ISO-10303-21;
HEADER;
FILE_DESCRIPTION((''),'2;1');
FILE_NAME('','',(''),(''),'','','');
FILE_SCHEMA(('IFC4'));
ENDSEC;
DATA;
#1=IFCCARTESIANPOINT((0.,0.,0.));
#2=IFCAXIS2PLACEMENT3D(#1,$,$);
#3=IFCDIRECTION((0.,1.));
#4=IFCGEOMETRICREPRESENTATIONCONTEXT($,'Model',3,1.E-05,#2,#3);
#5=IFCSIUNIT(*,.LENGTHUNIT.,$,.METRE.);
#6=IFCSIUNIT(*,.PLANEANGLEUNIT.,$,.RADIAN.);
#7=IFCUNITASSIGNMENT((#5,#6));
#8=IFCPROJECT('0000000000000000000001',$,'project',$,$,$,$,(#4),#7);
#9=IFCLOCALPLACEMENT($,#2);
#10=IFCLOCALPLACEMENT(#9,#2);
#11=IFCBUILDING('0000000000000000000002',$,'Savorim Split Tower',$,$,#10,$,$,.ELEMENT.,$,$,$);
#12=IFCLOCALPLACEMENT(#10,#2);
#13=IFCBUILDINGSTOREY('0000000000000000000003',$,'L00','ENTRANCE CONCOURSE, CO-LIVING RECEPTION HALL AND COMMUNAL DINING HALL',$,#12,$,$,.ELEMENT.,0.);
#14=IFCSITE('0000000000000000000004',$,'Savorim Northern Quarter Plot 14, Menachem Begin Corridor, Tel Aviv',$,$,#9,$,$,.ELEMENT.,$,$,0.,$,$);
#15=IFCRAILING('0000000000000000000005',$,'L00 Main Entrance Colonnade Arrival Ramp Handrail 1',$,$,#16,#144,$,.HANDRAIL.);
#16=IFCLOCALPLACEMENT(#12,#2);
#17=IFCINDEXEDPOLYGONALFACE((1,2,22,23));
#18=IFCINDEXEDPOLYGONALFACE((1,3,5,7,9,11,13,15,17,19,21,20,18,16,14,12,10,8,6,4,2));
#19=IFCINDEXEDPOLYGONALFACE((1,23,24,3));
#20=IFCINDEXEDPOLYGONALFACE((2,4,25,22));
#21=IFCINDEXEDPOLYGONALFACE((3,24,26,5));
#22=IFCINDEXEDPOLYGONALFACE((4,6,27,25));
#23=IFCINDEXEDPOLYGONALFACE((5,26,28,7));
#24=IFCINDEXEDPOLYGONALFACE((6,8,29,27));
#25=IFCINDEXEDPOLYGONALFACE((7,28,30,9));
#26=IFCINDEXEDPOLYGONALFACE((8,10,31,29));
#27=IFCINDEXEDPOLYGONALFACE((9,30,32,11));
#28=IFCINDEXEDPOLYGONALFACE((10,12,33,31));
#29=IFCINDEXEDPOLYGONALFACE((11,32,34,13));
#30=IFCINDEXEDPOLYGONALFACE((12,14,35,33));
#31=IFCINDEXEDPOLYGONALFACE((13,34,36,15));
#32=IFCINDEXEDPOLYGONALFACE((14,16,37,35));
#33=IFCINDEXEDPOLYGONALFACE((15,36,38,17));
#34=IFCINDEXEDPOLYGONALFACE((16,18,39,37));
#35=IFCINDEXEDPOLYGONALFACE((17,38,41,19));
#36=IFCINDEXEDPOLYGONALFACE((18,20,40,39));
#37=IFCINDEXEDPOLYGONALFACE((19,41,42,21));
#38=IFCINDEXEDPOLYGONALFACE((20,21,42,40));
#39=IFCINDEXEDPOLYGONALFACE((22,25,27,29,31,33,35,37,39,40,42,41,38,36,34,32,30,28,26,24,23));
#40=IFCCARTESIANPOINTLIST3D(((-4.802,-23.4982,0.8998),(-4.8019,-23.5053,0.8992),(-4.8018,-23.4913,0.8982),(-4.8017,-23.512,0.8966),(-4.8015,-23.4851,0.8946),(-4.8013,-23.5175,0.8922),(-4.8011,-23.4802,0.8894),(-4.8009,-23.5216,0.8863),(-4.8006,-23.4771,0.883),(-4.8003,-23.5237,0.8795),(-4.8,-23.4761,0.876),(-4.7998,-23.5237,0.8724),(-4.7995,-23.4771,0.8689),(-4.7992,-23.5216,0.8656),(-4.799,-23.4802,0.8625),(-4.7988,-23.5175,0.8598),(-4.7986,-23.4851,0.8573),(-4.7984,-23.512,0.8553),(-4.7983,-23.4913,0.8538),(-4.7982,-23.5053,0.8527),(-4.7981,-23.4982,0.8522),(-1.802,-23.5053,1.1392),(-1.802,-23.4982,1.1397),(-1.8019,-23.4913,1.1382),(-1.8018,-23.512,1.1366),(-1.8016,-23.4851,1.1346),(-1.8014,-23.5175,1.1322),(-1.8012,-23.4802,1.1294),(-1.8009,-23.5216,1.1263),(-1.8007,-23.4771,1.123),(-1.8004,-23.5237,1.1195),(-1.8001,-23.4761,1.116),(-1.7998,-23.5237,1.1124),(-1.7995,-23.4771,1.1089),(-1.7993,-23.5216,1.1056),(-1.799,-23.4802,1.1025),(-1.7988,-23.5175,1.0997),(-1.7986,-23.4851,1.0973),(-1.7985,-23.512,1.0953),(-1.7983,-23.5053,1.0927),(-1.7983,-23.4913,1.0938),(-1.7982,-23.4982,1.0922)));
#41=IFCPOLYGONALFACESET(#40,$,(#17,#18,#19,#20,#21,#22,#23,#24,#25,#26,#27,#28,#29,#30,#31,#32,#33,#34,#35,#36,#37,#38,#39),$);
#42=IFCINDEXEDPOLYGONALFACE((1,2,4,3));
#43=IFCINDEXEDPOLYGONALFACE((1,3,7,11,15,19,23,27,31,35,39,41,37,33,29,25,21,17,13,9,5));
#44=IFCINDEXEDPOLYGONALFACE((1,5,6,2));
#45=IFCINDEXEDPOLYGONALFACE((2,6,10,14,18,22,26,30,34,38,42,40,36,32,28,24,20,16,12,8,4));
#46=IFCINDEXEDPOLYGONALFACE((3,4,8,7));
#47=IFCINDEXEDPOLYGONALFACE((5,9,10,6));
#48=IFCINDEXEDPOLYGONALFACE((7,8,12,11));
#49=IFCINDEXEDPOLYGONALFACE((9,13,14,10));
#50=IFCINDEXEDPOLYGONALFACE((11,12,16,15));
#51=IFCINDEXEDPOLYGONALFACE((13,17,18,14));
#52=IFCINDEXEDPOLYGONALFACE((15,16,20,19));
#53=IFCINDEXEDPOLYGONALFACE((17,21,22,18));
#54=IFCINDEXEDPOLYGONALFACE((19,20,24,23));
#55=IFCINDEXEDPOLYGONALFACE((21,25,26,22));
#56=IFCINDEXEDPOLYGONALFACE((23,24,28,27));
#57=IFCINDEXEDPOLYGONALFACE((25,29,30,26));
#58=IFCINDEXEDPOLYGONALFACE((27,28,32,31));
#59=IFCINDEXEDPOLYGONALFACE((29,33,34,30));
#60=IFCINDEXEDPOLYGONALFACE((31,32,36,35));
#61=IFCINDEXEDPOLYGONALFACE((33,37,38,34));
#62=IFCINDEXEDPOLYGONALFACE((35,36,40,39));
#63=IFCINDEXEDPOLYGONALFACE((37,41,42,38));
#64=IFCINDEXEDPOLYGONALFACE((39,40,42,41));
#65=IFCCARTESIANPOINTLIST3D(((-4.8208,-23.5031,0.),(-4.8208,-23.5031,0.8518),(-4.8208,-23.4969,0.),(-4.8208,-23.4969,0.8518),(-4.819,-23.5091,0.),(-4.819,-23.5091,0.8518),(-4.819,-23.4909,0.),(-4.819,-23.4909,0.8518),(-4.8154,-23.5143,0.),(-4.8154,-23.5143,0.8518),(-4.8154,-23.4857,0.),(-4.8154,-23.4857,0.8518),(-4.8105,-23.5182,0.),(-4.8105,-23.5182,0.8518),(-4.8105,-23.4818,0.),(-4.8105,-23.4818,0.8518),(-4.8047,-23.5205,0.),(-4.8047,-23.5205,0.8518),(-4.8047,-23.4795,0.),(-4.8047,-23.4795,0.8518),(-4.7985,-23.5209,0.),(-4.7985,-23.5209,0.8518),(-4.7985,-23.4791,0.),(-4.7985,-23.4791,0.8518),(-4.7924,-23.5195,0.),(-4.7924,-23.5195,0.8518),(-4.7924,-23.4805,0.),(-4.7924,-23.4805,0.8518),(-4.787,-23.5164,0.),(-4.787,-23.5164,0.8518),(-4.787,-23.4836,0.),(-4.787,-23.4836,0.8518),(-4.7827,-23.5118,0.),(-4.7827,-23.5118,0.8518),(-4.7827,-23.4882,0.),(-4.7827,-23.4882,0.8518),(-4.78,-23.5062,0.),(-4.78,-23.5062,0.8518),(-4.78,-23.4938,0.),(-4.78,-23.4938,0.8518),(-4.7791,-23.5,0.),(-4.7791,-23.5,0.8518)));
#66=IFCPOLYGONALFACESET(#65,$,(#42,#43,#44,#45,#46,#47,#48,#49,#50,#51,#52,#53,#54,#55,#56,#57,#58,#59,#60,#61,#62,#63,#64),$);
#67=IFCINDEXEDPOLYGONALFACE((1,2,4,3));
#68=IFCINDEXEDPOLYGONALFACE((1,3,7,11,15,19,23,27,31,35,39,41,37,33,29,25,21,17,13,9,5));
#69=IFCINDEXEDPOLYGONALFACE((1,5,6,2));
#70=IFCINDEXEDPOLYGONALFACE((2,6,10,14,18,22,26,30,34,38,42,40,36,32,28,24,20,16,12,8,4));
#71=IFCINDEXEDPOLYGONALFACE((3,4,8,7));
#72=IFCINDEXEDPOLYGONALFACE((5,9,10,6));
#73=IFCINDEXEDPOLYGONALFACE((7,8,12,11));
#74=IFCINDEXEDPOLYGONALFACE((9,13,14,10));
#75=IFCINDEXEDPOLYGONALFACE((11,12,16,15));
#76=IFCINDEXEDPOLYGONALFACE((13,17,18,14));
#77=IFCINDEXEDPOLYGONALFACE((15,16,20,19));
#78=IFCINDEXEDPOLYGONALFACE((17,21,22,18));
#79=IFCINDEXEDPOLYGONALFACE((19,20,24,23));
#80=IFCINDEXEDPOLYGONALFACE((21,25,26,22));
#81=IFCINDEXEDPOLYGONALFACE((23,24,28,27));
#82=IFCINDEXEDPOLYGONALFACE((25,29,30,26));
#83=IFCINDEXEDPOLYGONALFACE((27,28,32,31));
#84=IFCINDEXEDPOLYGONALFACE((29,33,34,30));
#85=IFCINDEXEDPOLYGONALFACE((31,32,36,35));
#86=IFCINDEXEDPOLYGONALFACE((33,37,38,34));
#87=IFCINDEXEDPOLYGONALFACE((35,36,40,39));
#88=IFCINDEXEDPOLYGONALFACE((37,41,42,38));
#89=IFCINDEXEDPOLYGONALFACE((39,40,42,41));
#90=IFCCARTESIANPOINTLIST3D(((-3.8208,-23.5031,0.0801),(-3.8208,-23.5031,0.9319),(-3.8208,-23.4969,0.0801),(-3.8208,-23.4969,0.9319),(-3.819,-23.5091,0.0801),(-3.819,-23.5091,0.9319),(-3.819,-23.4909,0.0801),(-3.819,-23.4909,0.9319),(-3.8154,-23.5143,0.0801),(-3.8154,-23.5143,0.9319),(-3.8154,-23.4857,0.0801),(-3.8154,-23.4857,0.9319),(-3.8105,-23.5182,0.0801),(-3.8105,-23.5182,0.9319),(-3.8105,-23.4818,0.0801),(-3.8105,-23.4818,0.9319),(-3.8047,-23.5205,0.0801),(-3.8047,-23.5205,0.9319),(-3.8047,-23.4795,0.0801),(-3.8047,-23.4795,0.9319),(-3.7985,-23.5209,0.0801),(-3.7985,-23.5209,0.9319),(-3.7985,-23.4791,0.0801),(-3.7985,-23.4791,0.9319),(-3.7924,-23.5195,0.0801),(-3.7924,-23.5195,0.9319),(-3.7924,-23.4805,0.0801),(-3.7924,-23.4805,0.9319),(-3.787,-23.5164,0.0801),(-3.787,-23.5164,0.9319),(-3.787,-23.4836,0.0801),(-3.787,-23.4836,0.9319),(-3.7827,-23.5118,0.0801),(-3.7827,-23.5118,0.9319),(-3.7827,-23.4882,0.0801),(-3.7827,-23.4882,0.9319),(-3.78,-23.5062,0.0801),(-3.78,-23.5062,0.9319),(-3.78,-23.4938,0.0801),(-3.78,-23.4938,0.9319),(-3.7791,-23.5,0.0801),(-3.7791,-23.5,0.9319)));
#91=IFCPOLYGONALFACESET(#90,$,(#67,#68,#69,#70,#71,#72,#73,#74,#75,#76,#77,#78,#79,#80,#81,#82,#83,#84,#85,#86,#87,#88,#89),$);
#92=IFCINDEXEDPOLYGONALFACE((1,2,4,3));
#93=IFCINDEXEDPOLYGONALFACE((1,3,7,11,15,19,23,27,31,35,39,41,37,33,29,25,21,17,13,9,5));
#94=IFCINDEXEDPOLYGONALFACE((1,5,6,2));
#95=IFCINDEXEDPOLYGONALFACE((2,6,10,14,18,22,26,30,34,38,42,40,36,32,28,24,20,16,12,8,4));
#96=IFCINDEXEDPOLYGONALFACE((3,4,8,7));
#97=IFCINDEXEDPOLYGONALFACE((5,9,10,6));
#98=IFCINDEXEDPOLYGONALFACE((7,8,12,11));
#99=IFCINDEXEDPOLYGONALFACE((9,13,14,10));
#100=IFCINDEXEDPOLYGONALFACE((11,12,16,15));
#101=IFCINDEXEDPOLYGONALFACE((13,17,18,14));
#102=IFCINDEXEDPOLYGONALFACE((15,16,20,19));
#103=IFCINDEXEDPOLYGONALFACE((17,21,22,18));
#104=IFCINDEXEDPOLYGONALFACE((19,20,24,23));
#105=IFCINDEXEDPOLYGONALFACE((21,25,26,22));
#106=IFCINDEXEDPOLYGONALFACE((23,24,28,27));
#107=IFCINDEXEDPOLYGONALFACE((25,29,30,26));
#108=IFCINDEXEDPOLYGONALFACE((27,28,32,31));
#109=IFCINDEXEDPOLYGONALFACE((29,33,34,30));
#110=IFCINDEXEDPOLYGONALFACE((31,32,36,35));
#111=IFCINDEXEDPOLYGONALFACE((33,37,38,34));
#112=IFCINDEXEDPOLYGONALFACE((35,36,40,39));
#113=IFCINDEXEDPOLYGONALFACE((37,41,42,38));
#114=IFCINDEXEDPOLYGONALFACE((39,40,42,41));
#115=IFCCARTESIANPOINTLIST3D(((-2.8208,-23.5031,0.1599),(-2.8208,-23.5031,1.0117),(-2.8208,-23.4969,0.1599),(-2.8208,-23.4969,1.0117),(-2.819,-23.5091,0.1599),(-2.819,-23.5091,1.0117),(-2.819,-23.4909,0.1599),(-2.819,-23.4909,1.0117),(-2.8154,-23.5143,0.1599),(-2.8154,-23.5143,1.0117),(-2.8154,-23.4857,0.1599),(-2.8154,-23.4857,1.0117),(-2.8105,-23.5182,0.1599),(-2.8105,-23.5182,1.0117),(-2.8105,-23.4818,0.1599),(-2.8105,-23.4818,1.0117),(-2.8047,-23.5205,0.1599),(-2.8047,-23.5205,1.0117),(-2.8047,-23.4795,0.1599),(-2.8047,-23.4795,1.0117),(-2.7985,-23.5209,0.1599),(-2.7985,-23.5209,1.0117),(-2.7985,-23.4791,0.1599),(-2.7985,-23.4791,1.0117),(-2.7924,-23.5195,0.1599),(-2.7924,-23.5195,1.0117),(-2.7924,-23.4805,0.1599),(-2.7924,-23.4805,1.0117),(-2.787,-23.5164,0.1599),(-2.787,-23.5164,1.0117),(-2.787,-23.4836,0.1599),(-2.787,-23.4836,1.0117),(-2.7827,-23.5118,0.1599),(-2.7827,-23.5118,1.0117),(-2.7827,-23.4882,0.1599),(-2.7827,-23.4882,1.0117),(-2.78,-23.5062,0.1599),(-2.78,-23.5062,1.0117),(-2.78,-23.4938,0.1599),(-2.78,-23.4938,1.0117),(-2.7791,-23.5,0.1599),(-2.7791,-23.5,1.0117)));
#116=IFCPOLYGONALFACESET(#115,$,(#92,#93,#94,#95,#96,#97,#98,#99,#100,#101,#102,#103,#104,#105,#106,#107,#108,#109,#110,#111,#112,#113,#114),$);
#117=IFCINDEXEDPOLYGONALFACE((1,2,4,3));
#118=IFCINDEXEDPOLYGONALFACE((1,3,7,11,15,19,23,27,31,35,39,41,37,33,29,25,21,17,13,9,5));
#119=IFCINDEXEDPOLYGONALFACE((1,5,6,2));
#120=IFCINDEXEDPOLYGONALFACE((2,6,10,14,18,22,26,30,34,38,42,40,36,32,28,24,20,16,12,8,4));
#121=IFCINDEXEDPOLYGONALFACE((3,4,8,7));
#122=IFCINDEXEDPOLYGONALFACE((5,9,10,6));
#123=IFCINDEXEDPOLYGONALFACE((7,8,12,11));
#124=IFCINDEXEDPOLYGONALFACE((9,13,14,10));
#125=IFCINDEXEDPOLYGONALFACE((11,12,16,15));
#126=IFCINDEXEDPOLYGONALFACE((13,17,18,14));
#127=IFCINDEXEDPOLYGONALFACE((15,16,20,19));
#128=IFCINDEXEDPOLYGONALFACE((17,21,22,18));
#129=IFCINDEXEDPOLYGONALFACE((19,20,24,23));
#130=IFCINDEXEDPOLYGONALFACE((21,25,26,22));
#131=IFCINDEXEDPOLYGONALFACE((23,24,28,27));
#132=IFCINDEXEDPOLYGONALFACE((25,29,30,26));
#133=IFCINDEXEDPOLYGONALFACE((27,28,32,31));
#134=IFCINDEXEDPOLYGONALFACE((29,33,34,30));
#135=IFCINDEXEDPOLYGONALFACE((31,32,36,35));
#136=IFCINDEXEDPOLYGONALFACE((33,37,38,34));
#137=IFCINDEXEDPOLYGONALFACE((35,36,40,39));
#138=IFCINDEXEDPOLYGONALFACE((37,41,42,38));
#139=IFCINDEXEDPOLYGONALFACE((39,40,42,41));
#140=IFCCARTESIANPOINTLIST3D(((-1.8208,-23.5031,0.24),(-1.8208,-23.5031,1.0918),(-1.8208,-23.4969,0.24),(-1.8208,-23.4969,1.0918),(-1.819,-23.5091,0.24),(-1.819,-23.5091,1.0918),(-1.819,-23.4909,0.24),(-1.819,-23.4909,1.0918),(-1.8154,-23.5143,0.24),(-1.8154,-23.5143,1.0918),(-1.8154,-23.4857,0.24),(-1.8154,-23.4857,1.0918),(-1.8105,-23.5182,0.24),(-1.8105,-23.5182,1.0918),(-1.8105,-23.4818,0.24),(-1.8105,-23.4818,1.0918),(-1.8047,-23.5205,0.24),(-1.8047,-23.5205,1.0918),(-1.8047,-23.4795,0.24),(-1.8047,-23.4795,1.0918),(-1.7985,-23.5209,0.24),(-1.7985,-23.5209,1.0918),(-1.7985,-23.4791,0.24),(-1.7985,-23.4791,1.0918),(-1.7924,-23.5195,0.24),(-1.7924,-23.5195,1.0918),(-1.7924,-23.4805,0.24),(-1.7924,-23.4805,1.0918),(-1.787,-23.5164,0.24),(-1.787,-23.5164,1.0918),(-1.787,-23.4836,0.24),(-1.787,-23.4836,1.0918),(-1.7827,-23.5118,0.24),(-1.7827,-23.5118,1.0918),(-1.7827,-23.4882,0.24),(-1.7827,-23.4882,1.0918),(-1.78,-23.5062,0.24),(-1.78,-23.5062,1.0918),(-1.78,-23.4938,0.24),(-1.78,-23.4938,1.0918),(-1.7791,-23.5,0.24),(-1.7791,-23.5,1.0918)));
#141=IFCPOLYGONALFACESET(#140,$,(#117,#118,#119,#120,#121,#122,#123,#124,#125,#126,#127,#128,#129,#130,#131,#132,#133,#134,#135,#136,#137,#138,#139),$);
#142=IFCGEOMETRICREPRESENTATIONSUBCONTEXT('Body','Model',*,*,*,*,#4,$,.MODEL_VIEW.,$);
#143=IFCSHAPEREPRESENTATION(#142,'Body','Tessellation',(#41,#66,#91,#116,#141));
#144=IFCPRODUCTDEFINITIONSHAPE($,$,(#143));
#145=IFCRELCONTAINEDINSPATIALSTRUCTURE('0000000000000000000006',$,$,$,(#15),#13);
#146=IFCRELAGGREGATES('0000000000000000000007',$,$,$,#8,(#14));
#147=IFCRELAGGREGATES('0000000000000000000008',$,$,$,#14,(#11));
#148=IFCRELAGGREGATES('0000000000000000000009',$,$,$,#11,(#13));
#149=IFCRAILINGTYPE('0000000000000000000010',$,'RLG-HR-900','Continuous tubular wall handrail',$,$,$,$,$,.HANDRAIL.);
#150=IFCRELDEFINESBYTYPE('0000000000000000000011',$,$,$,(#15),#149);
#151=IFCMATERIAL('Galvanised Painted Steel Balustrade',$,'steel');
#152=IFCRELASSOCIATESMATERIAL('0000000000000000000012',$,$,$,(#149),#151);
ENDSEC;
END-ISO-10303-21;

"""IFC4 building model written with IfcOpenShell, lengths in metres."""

from ifc_helpers import new_model, si_unit, direction, frame, origin, origin_2d, place, context, subcontext, project, spatial, circle, extrude, material, type_object, element, save


model = new_model("IFC4")

# Units and contexts
model_context = context("Model", 3, precision=1e-05, world=origin(), true_north=direction((0.0, 1.0)))
body_context = subcontext(model_context, "Body", "Model", "MODEL_VIEW")
ifc_project = project(units=[si_unit("LENGTHUNIT", "METRE"), si_unit("PLANEANGLEUNIT", "RADIAN")], contexts=[model_context])

# Site, building, storey
site_placement = place(None, origin())
site = spatial("IfcSite", under=ifc_project, at=site_placement, Name="Savorim Northern Quarter Plot 14, Menachem Begin Corridor, Tel Aviv", CompositionType="ELEMENT", RefElevation=0.0)
building_placement = place(site_placement, origin())
building = spatial("IfcBuilding", under=site, at=building_placement, Name="Savorim Split Tower", CompositionType="ELEMENT")
storey_placement = place(building_placement, origin())
storey = spatial("IfcBuildingStorey", under=building, at=storey_placement, Name="L00", Description="ENTRANCE CONCOURSE, CO-LIVING RECEPTION HALL AND COMMUNAL DINING HALL", CompositionType="ELEMENT", Elevation=0.0)

# Railing
ifc_material_1 = material(Name="Galvanised Painted Steel Balustrade", Category="steel")
railing_type = type_object("IfcRailingType", Name="RLG-HR-900", Description="Continuous tubular wall handrail", PredefinedType="HANDRAIL", material=ifc_material_1)
for number, where, name in (
    (1, (-4.8, -23.5, 0.0), "L00 Main Entrance Colonnade Arrival Ramp Handrail 1"),
):
    element("IfcRailing", number, at=place(storey_placement, frame(where)), inside=storey, type_object=railing_type, Name=name, PredefinedType="HANDRAIL", context=body_context, shape_type="SweptSolid", body=[
        extrude(circle(Radius=0.0239, at=origin_2d()), frame((0.0, 0.0, 0.876), z_axis=(0.996816, 0.0, 0.079742), x_axis=(0.0, 1.0, 0.0)), (0.0, 0.0, 1.0), 3.0095),
        extrude(circle(Radius=0.021, at=origin_2d()), origin(), (0.0, 0.0, 1.0), 0.8518),
        extrude(circle(Radius=0.021, at=origin_2d()), frame((1.0, 0.0, 0.0801)), (0.0, 0.0, 1.0), 0.8518),
        extrude(circle(Radius=0.021, at=origin_2d()), frame((2.0, 0.0, 0.1599)), (0.0, 0.0, 1.0), 0.8518),
        extrude(circle(Radius=0.021, at=origin_2d()), frame((3.0, 0.0, 0.24)), (0.0, 0.0, 1.0), 0.8518),
    ])

save(model, "model.ifc")
